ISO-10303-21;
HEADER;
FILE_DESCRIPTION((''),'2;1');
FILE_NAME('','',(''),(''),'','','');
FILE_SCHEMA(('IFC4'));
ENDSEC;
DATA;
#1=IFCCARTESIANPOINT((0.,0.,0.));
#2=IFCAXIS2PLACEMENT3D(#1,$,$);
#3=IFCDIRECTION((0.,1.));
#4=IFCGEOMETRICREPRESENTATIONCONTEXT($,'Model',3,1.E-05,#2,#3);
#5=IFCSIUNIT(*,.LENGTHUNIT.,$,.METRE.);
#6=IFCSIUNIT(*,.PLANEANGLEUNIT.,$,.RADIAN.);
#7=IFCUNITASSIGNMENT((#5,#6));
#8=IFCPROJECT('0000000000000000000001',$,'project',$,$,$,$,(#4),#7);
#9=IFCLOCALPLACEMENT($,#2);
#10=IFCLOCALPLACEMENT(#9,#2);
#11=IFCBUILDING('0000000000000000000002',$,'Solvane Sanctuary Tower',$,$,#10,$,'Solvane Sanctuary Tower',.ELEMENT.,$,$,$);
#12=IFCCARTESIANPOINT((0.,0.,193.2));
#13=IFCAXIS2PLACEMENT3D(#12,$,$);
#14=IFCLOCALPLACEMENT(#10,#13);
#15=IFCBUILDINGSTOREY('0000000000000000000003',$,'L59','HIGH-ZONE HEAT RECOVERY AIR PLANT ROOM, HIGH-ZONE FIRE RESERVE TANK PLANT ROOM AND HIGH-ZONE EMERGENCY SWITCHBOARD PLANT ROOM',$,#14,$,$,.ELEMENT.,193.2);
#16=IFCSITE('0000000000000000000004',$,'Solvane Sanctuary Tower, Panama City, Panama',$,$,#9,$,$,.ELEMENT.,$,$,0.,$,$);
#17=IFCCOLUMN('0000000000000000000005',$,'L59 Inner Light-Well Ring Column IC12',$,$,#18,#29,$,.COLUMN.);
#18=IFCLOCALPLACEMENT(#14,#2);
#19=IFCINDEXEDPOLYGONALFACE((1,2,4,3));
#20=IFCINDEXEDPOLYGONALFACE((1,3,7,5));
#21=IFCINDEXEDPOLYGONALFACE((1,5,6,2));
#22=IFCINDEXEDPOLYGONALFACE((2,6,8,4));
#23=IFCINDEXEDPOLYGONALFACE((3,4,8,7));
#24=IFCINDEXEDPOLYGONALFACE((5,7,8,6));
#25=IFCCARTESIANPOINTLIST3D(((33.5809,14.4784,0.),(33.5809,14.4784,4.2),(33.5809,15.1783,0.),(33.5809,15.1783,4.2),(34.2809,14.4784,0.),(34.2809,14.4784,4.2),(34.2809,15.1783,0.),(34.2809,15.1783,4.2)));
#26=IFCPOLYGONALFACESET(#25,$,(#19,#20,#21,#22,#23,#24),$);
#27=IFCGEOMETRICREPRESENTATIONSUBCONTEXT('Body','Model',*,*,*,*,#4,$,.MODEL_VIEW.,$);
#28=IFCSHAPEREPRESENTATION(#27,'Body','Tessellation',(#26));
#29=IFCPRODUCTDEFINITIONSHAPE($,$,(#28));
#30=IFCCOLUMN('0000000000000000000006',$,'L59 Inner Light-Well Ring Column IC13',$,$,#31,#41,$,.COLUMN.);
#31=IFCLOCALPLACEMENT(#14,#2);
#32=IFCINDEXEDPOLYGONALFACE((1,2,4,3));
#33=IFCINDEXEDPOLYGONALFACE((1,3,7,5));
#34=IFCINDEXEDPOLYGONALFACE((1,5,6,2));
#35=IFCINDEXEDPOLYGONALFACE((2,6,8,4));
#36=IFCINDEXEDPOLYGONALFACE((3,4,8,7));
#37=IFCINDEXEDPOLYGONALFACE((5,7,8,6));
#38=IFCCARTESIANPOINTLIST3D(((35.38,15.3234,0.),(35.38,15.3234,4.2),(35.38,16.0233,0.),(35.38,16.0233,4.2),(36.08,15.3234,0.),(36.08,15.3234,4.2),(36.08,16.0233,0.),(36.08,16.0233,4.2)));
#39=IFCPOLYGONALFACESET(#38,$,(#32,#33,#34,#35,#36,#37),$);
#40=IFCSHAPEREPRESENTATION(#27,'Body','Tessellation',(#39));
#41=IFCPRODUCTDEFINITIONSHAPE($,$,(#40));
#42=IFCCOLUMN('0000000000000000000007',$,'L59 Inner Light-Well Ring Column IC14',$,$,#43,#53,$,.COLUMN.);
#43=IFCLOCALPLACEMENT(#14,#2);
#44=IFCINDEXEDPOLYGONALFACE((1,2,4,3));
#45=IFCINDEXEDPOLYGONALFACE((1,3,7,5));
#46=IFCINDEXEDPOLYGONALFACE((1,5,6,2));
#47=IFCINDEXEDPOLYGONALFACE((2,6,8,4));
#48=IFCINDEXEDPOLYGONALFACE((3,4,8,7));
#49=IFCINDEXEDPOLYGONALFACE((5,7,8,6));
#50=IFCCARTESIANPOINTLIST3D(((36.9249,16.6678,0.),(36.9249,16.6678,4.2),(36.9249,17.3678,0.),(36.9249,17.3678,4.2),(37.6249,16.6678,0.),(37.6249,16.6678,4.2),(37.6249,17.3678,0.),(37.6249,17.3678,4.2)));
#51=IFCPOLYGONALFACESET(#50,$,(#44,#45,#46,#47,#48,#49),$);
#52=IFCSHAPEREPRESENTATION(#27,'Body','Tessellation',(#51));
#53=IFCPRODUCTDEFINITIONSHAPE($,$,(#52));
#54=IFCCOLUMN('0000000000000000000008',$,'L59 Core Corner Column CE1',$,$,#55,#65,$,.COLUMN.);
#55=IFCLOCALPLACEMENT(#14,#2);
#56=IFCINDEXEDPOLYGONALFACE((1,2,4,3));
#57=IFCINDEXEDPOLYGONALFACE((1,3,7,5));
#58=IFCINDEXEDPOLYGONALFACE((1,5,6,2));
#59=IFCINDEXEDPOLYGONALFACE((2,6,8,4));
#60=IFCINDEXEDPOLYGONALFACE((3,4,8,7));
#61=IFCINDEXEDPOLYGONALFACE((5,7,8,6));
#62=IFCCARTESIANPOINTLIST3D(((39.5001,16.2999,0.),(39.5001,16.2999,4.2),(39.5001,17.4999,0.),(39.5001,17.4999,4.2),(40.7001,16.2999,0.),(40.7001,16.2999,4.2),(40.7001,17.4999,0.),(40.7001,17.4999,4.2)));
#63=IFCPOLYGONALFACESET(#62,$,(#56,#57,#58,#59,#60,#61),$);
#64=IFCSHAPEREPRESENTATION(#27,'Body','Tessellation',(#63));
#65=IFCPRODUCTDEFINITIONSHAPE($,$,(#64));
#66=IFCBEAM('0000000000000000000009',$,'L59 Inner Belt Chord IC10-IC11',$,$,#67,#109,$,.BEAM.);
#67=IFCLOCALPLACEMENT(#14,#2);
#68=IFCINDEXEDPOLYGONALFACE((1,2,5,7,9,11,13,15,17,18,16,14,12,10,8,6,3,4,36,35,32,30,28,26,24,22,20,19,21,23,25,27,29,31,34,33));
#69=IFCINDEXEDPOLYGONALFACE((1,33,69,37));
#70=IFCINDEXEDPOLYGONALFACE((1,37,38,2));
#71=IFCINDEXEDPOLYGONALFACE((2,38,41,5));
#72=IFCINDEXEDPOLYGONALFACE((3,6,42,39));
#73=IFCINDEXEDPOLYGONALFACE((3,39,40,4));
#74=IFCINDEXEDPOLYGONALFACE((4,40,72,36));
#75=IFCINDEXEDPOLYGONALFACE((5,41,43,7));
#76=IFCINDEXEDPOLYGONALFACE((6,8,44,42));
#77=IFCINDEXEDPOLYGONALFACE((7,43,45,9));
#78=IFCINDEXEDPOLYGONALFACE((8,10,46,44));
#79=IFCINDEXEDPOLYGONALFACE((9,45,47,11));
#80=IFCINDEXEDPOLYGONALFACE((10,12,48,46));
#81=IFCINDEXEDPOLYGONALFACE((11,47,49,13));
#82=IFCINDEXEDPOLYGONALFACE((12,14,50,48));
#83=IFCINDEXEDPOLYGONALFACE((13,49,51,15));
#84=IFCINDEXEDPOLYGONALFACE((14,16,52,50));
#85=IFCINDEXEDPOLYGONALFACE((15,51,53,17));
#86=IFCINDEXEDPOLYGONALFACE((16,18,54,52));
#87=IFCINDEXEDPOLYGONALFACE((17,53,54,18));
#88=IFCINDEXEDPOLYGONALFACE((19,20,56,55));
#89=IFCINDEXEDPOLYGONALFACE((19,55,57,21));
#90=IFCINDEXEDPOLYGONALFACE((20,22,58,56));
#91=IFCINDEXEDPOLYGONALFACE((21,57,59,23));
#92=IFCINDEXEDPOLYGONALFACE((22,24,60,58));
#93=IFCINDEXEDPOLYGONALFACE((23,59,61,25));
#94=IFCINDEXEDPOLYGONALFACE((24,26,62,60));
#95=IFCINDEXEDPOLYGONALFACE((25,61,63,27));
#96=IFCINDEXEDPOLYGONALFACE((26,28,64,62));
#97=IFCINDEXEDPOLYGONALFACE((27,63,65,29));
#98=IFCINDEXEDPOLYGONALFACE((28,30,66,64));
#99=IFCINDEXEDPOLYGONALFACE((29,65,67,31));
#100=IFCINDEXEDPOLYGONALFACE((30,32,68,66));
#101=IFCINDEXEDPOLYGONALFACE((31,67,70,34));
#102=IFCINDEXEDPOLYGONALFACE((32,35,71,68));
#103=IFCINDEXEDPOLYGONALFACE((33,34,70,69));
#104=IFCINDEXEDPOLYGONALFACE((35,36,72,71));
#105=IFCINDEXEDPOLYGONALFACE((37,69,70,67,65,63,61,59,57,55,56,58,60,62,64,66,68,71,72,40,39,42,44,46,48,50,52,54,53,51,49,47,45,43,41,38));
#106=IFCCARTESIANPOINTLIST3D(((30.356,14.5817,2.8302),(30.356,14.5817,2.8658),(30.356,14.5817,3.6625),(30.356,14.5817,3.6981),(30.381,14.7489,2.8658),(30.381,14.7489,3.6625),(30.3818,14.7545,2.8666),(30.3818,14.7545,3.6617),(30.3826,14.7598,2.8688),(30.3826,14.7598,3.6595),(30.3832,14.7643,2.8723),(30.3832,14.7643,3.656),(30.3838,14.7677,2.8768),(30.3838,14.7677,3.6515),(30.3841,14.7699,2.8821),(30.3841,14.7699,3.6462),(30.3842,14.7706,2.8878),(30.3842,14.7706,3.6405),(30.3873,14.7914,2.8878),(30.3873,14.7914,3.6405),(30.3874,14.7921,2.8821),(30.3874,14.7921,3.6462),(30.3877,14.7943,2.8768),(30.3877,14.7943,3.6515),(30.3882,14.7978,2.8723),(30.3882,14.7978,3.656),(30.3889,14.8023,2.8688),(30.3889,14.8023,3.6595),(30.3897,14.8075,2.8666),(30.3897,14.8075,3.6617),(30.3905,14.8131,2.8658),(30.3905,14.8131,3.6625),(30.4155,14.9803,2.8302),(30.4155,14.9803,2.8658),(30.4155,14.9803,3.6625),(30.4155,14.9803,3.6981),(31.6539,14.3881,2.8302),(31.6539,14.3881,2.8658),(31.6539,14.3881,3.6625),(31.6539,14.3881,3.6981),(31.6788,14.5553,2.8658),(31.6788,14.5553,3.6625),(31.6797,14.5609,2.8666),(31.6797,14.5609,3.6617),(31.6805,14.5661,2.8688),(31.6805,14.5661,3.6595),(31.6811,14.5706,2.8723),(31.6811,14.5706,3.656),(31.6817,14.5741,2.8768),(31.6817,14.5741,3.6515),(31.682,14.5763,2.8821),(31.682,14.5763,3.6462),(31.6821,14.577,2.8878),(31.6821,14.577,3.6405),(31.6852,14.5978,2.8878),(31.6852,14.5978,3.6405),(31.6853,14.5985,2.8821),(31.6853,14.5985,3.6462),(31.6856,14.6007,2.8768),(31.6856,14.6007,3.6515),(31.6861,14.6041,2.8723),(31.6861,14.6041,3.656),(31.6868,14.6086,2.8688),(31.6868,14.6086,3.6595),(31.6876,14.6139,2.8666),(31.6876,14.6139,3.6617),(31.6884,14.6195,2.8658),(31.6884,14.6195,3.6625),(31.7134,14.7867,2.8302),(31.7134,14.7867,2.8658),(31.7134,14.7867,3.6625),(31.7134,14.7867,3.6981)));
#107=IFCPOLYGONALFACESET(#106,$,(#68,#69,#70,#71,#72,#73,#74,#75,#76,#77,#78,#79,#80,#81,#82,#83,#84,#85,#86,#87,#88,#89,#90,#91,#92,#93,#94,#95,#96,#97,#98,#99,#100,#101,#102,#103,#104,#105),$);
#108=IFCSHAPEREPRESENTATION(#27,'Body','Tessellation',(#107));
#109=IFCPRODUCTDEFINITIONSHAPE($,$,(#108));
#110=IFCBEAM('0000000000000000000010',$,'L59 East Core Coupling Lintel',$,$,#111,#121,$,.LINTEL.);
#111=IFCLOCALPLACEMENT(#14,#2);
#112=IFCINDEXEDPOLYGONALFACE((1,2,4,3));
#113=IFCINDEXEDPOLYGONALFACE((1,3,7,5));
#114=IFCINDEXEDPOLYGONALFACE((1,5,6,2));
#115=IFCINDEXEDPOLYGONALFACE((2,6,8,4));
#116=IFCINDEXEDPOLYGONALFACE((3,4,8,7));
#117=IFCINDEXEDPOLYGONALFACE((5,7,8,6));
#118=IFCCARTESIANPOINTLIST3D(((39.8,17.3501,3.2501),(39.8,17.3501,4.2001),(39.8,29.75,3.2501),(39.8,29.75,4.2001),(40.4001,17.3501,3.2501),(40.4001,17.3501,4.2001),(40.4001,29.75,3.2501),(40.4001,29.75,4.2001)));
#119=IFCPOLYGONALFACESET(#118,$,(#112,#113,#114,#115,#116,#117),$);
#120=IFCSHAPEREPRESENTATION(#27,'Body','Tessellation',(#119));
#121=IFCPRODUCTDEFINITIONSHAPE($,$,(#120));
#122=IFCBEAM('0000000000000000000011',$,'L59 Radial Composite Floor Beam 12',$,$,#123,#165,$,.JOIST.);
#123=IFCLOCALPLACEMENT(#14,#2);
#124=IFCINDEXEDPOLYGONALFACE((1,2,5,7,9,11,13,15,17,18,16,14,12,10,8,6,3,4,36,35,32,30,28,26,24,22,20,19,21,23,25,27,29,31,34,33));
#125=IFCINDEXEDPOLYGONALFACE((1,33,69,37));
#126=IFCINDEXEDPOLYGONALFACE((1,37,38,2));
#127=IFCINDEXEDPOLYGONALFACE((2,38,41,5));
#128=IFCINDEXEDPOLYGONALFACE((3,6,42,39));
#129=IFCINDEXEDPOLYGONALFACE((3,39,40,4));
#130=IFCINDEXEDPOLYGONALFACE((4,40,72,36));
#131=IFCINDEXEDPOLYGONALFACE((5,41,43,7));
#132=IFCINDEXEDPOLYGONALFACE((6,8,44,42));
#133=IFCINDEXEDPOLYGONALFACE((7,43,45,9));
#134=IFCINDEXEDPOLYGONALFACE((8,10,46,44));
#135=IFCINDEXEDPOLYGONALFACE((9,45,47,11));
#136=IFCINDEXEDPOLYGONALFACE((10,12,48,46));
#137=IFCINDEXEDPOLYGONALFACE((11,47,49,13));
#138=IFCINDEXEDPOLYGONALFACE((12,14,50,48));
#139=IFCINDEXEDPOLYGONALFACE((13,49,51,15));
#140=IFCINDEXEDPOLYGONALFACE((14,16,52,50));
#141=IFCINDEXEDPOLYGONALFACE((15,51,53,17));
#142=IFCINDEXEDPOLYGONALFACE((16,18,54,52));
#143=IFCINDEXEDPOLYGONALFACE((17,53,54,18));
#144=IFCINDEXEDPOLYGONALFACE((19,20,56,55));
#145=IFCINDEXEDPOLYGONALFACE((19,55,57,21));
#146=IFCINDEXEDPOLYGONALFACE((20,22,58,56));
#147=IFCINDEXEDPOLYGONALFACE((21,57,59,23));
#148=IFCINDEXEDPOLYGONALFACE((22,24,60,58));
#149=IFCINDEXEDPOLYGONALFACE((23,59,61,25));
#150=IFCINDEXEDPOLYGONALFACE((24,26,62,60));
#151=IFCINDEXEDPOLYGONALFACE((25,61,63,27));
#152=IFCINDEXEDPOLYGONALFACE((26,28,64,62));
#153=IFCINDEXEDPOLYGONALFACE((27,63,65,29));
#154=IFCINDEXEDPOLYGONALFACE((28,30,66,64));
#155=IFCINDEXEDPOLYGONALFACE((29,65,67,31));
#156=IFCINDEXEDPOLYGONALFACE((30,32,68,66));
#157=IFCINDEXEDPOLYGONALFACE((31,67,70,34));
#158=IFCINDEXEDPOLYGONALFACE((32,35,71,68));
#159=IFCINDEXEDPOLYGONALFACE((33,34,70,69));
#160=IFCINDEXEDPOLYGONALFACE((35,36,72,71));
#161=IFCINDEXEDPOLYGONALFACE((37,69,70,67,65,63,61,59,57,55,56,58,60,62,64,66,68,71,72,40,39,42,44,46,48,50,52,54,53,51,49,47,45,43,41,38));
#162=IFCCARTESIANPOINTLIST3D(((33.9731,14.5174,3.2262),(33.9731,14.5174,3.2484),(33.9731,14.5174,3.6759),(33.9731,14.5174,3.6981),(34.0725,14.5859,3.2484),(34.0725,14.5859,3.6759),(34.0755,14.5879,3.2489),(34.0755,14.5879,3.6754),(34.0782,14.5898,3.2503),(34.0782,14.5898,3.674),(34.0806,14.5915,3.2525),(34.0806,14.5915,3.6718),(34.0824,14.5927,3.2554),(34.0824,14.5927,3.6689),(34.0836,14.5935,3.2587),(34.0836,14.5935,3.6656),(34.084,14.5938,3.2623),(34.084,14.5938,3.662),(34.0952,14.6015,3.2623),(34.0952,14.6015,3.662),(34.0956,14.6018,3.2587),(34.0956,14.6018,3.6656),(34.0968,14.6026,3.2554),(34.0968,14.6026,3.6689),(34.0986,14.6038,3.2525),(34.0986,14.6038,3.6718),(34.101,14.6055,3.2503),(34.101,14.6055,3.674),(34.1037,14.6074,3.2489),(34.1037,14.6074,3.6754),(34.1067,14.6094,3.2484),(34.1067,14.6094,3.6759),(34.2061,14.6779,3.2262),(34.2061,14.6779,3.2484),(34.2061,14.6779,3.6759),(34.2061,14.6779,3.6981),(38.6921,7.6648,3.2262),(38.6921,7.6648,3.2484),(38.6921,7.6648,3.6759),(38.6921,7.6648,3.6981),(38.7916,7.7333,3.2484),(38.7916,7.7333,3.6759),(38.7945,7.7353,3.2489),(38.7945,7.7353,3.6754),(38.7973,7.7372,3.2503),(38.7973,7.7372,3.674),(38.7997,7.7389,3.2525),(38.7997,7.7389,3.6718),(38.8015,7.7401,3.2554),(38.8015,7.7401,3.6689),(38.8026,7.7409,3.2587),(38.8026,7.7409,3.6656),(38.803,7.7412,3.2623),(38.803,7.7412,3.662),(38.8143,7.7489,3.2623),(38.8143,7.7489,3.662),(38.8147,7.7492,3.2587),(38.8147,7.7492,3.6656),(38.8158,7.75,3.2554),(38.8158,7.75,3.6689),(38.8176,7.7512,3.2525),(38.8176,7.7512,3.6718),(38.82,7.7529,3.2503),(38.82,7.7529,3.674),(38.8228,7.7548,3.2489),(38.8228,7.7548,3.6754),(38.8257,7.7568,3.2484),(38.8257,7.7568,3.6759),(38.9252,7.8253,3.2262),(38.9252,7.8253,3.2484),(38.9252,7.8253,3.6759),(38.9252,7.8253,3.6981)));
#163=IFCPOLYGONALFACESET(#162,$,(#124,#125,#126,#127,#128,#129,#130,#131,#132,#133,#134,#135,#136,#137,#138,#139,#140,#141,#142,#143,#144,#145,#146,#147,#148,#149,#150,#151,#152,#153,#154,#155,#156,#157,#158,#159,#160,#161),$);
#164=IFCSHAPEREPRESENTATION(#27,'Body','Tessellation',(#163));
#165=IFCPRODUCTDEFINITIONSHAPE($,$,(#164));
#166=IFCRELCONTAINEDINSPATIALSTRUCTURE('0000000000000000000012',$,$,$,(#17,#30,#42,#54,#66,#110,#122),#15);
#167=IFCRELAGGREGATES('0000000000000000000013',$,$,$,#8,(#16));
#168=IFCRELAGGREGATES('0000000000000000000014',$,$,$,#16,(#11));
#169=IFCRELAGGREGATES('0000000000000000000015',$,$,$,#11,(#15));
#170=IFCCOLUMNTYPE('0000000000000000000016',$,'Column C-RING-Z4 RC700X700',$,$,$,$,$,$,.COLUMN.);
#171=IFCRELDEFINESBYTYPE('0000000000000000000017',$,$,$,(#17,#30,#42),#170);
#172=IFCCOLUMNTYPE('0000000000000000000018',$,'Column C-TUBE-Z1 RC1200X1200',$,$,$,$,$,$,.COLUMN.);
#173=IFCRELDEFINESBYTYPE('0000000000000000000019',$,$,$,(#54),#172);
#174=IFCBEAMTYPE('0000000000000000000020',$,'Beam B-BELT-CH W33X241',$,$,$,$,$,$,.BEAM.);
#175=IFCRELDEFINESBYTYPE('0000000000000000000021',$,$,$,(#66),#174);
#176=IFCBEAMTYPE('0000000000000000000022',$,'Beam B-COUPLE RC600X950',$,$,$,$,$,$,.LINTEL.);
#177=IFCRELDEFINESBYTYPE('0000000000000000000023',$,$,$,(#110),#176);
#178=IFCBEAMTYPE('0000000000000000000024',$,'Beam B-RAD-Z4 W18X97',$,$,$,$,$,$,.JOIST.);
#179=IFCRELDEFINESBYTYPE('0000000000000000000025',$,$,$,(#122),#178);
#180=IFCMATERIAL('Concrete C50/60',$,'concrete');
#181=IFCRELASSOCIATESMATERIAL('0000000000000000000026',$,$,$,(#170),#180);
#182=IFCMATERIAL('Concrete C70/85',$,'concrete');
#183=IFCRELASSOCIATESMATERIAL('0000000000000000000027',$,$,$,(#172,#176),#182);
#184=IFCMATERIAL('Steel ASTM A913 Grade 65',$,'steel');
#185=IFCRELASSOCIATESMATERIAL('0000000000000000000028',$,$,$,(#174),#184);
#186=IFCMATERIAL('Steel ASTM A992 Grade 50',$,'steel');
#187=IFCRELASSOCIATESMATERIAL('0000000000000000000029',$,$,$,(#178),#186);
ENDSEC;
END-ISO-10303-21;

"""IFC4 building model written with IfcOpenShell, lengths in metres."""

from ifc_helpers import new_model, si_unit, direction, frame, origin, origin_2d, place, context, subcontext, project, spatial, rectangle, i_section, extrude, material, material_profile, profile_set, type_object, element, save


model = new_model("IFC4")

# Units and contexts
model_context = context("Model", 3, precision=1e-05, world=origin(), true_north=direction((0.0, 1.0)))
body_context = subcontext(model_context, "Body", "Model", "MODEL_VIEW")
ifc_project = project(units=[si_unit("LENGTHUNIT", "METRE"), si_unit("PLANEANGLEUNIT", "RADIAN")], contexts=[model_context])

# Site, building, storey
site_placement = place(None, origin())
site = spatial("IfcSite", under=ifc_project, at=site_placement, Name="Solvane Sanctuary Tower, Panama City, Panama", CompositionType="ELEMENT", RefElevation=0.0)
building_placement = place(site_placement, origin())
building = spatial("IfcBuilding", under=site, at=building_placement, Name="Solvane Sanctuary Tower", LongName="Solvane Sanctuary Tower", CompositionType="ELEMENT")
storey_placement = place(building_placement, frame((0.0, 0.0, 193.2)))
storey = spatial("IfcBuildingStorey", under=building, at=storey_placement, Name="L59", Description="HIGH-ZONE HEAT RECOVERY AIR PLANT ROOM, HIGH-ZONE FIRE RESERVE TANK PLANT ROOM AND HIGH-ZONE EMERGENCY SWITCHBOARD PLANT ROOM", CompositionType="ELEMENT", Elevation=193.2)

# Columns
ifc_material_1 = material(Name="Concrete C50/60", Category="concrete")
ifc_material_profile_1 = material_profile(ifc_material_1, rectangle(XDim=0.7, YDim=0.7, at=origin_2d()), Name="RC700X700")
ifc_profile_set_1 = profile_set([ifc_material_profile_1], Name="Concrete C50/60")
column_type_1 = type_object("IfcColumnType", Name="Column C-RING-Z4 RC700X700", PredefinedType="COLUMN", material=ifc_profile_set_1)
for number, where, z_axis, x_axis, name in (
    (1, (33.9309, 14.8284, 0.0), (0.0, 0.0, 1.0), (1.0, 0.0, 0.0), "L59 Inner Light-Well Ring Column IC12"),
    (2, (35.73, 15.6733, 0.0), (0.0, 0.0, 1.0), (1.0, 0.0, 0.0), "L59 Inner Light-Well Ring Column IC13"),
    (3, (37.2749, 17.0178, 0.0), (0.0, 0.0, 1.0), (1.0, 0.0, 0.0), "L59 Inner Light-Well Ring Column IC14"),
):
    element("IfcColumn", number, at=place(storey_placement, frame(where, z_axis=z_axis, x_axis=x_axis)), inside=storey, type_object=column_type_1, Name=name, PredefinedType="COLUMN", context=body_context, shape_type="SweptSolid", body=[
        extrude(rectangle(XDim=0.7, YDim=0.7, at=origin_2d()), origin(), (0.0, 0.0, 1.0), 4.2),
    ])
ifc_material_2 = material(Name="Concrete C70/85", Category="concrete")
ifc_material_profile_2 = material_profile(ifc_material_2, rectangle(XDim=1.2, YDim=1.2, at=origin_2d()), Name="RC1200X1200")
ifc_profile_set_2 = profile_set([ifc_material_profile_2], Name="Concrete C70/85")
column_type_2 = type_object("IfcColumnType", Name="Column C-TUBE-Z1 RC1200X1200", PredefinedType="COLUMN", material=ifc_profile_set_2)
column_placement = place(storey_placement, frame((40.1001, 16.8999, 0.0), z_axis=(0.0, 0.0, 1.0), x_axis=(1.0, 0.0, 0.0)))
element("IfcColumn", 4, at=column_placement, inside=storey, type_object=column_type_2, Name="L59 Core Corner Column CE1", PredefinedType="COLUMN", context=body_context, shape_type="SweptSolid", body=[
    extrude(rectangle(XDim=1.2, YDim=1.2, at=origin_2d()), origin(), (0.0, 0.0, 1.0), 4.2),
])

# Beams
ifc_material_3 = material(Name="Steel ASTM A913 Grade 65", Category="steel")
ifc_material_profile_3 = material_profile(ifc_material_3, i_section(OverallWidth=0.4031, OverallDepth=0.8679, WebThickness=0.021, FlangeThickness=0.0356, FilletRadius=0.022, at=origin_2d()), Name="W33X241")
ifc_profile_set_3 = profile_set([ifc_material_profile_3], Name="Steel ASTM A913 Grade 65")
beam_type_1 = type_object("IfcBeamType", Name="Beam B-BELT-CH W33X241", PredefinedType="BEAM", material=ifc_profile_set_3)
beam_1_placement = place(storey_placement, frame((30.3857, 14.781, 3.2642), z_axis=(0.989056, -0.14754, 0.0), x_axis=(0.14754, 0.989056, 0.0)))
element("IfcBeam", 5, at=beam_1_placement, inside=storey, type_object=beam_type_1, Name="L59 Inner Belt Chord IC10-IC11", PredefinedType="BEAM", context=body_context, shape_type="SweptSolid", body=[
    extrude(i_section(OverallWidth=0.4031, OverallDepth=0.8679, WebThickness=0.021, FlangeThickness=0.0356, FilletRadius=0.022, at=origin_2d()), origin(), (0.0, 0.0, 1.0), 1.3123),
])
ifc_material_profile_4 = material_profile(ifc_material_2, rectangle(XDim=0.6001, YDim=0.95, at=origin_2d()), Name="RC600X950")
ifc_profile_set_4 = profile_set([ifc_material_profile_4], Name="Concrete C70/85")
beam_type_2 = type_object("IfcBeamType", Name="Beam B-COUPLE RC600X950", PredefinedType="LINTEL", material=ifc_profile_set_4)
beam_2_placement = place(storey_placement, frame((40.1001, 17.3501, 3.7251), z_axis=(0.0, 1.0, 0.0), x_axis=(-1.0, 0.0, 0.0)))
element("IfcBeam", 6, at=beam_2_placement, inside=storey, type_object=beam_type_2, Name="L59 East Core Coupling Lintel", PredefinedType="LINTEL", context=body_context, shape_type="SweptSolid", body=[
    extrude(rectangle(XDim=0.6001, YDim=0.95, at=origin_2d()), origin(), (0.0, 0.0, 1.0), 12.3999),
])
ifc_material_4 = material(Name="Steel ASTM A992 Grade 50", Category="steel")
ifc_material_profile_5 = material_profile(ifc_material_4, i_section(OverallWidth=0.283, OverallDepth=0.4719, WebThickness=0.0137, FlangeThickness=0.0222, FilletRadius=0.0139, at=origin_2d()), Name="W18X97")
ifc_profile_set_5 = profile_set([ifc_material_profile_5], Name="Steel ASTM A992 Grade 50")
beam_type_3 = type_object("IfcBeamType", Name="Beam B-RAD-Z4 W18X97", PredefinedType="JOIST", material=ifc_profile_set_5)
beam_3_placement = place(storey_placement, frame((34.0896, 14.5977, 3.4622), z_axis=(0.567171, -0.8236, 0.0), x_axis=(0.8236, 0.567171, 0.0)))
element("IfcBeam", 7, at=beam_3_placement, inside=storey, type_object=beam_type_3, Name="L59 Radial Composite Floor Beam 12", PredefinedType="JOIST", context=body_context, shape_type="SweptSolid", body=[
    extrude(i_section(OverallWidth=0.283, OverallDepth=0.4719, WebThickness=0.0137, FlangeThickness=0.0222, FilletRadius=0.0139, at=origin_2d()), origin(), (0.0, 0.0, 1.0), 8.3203),
])

save(model, "model.ifc")
